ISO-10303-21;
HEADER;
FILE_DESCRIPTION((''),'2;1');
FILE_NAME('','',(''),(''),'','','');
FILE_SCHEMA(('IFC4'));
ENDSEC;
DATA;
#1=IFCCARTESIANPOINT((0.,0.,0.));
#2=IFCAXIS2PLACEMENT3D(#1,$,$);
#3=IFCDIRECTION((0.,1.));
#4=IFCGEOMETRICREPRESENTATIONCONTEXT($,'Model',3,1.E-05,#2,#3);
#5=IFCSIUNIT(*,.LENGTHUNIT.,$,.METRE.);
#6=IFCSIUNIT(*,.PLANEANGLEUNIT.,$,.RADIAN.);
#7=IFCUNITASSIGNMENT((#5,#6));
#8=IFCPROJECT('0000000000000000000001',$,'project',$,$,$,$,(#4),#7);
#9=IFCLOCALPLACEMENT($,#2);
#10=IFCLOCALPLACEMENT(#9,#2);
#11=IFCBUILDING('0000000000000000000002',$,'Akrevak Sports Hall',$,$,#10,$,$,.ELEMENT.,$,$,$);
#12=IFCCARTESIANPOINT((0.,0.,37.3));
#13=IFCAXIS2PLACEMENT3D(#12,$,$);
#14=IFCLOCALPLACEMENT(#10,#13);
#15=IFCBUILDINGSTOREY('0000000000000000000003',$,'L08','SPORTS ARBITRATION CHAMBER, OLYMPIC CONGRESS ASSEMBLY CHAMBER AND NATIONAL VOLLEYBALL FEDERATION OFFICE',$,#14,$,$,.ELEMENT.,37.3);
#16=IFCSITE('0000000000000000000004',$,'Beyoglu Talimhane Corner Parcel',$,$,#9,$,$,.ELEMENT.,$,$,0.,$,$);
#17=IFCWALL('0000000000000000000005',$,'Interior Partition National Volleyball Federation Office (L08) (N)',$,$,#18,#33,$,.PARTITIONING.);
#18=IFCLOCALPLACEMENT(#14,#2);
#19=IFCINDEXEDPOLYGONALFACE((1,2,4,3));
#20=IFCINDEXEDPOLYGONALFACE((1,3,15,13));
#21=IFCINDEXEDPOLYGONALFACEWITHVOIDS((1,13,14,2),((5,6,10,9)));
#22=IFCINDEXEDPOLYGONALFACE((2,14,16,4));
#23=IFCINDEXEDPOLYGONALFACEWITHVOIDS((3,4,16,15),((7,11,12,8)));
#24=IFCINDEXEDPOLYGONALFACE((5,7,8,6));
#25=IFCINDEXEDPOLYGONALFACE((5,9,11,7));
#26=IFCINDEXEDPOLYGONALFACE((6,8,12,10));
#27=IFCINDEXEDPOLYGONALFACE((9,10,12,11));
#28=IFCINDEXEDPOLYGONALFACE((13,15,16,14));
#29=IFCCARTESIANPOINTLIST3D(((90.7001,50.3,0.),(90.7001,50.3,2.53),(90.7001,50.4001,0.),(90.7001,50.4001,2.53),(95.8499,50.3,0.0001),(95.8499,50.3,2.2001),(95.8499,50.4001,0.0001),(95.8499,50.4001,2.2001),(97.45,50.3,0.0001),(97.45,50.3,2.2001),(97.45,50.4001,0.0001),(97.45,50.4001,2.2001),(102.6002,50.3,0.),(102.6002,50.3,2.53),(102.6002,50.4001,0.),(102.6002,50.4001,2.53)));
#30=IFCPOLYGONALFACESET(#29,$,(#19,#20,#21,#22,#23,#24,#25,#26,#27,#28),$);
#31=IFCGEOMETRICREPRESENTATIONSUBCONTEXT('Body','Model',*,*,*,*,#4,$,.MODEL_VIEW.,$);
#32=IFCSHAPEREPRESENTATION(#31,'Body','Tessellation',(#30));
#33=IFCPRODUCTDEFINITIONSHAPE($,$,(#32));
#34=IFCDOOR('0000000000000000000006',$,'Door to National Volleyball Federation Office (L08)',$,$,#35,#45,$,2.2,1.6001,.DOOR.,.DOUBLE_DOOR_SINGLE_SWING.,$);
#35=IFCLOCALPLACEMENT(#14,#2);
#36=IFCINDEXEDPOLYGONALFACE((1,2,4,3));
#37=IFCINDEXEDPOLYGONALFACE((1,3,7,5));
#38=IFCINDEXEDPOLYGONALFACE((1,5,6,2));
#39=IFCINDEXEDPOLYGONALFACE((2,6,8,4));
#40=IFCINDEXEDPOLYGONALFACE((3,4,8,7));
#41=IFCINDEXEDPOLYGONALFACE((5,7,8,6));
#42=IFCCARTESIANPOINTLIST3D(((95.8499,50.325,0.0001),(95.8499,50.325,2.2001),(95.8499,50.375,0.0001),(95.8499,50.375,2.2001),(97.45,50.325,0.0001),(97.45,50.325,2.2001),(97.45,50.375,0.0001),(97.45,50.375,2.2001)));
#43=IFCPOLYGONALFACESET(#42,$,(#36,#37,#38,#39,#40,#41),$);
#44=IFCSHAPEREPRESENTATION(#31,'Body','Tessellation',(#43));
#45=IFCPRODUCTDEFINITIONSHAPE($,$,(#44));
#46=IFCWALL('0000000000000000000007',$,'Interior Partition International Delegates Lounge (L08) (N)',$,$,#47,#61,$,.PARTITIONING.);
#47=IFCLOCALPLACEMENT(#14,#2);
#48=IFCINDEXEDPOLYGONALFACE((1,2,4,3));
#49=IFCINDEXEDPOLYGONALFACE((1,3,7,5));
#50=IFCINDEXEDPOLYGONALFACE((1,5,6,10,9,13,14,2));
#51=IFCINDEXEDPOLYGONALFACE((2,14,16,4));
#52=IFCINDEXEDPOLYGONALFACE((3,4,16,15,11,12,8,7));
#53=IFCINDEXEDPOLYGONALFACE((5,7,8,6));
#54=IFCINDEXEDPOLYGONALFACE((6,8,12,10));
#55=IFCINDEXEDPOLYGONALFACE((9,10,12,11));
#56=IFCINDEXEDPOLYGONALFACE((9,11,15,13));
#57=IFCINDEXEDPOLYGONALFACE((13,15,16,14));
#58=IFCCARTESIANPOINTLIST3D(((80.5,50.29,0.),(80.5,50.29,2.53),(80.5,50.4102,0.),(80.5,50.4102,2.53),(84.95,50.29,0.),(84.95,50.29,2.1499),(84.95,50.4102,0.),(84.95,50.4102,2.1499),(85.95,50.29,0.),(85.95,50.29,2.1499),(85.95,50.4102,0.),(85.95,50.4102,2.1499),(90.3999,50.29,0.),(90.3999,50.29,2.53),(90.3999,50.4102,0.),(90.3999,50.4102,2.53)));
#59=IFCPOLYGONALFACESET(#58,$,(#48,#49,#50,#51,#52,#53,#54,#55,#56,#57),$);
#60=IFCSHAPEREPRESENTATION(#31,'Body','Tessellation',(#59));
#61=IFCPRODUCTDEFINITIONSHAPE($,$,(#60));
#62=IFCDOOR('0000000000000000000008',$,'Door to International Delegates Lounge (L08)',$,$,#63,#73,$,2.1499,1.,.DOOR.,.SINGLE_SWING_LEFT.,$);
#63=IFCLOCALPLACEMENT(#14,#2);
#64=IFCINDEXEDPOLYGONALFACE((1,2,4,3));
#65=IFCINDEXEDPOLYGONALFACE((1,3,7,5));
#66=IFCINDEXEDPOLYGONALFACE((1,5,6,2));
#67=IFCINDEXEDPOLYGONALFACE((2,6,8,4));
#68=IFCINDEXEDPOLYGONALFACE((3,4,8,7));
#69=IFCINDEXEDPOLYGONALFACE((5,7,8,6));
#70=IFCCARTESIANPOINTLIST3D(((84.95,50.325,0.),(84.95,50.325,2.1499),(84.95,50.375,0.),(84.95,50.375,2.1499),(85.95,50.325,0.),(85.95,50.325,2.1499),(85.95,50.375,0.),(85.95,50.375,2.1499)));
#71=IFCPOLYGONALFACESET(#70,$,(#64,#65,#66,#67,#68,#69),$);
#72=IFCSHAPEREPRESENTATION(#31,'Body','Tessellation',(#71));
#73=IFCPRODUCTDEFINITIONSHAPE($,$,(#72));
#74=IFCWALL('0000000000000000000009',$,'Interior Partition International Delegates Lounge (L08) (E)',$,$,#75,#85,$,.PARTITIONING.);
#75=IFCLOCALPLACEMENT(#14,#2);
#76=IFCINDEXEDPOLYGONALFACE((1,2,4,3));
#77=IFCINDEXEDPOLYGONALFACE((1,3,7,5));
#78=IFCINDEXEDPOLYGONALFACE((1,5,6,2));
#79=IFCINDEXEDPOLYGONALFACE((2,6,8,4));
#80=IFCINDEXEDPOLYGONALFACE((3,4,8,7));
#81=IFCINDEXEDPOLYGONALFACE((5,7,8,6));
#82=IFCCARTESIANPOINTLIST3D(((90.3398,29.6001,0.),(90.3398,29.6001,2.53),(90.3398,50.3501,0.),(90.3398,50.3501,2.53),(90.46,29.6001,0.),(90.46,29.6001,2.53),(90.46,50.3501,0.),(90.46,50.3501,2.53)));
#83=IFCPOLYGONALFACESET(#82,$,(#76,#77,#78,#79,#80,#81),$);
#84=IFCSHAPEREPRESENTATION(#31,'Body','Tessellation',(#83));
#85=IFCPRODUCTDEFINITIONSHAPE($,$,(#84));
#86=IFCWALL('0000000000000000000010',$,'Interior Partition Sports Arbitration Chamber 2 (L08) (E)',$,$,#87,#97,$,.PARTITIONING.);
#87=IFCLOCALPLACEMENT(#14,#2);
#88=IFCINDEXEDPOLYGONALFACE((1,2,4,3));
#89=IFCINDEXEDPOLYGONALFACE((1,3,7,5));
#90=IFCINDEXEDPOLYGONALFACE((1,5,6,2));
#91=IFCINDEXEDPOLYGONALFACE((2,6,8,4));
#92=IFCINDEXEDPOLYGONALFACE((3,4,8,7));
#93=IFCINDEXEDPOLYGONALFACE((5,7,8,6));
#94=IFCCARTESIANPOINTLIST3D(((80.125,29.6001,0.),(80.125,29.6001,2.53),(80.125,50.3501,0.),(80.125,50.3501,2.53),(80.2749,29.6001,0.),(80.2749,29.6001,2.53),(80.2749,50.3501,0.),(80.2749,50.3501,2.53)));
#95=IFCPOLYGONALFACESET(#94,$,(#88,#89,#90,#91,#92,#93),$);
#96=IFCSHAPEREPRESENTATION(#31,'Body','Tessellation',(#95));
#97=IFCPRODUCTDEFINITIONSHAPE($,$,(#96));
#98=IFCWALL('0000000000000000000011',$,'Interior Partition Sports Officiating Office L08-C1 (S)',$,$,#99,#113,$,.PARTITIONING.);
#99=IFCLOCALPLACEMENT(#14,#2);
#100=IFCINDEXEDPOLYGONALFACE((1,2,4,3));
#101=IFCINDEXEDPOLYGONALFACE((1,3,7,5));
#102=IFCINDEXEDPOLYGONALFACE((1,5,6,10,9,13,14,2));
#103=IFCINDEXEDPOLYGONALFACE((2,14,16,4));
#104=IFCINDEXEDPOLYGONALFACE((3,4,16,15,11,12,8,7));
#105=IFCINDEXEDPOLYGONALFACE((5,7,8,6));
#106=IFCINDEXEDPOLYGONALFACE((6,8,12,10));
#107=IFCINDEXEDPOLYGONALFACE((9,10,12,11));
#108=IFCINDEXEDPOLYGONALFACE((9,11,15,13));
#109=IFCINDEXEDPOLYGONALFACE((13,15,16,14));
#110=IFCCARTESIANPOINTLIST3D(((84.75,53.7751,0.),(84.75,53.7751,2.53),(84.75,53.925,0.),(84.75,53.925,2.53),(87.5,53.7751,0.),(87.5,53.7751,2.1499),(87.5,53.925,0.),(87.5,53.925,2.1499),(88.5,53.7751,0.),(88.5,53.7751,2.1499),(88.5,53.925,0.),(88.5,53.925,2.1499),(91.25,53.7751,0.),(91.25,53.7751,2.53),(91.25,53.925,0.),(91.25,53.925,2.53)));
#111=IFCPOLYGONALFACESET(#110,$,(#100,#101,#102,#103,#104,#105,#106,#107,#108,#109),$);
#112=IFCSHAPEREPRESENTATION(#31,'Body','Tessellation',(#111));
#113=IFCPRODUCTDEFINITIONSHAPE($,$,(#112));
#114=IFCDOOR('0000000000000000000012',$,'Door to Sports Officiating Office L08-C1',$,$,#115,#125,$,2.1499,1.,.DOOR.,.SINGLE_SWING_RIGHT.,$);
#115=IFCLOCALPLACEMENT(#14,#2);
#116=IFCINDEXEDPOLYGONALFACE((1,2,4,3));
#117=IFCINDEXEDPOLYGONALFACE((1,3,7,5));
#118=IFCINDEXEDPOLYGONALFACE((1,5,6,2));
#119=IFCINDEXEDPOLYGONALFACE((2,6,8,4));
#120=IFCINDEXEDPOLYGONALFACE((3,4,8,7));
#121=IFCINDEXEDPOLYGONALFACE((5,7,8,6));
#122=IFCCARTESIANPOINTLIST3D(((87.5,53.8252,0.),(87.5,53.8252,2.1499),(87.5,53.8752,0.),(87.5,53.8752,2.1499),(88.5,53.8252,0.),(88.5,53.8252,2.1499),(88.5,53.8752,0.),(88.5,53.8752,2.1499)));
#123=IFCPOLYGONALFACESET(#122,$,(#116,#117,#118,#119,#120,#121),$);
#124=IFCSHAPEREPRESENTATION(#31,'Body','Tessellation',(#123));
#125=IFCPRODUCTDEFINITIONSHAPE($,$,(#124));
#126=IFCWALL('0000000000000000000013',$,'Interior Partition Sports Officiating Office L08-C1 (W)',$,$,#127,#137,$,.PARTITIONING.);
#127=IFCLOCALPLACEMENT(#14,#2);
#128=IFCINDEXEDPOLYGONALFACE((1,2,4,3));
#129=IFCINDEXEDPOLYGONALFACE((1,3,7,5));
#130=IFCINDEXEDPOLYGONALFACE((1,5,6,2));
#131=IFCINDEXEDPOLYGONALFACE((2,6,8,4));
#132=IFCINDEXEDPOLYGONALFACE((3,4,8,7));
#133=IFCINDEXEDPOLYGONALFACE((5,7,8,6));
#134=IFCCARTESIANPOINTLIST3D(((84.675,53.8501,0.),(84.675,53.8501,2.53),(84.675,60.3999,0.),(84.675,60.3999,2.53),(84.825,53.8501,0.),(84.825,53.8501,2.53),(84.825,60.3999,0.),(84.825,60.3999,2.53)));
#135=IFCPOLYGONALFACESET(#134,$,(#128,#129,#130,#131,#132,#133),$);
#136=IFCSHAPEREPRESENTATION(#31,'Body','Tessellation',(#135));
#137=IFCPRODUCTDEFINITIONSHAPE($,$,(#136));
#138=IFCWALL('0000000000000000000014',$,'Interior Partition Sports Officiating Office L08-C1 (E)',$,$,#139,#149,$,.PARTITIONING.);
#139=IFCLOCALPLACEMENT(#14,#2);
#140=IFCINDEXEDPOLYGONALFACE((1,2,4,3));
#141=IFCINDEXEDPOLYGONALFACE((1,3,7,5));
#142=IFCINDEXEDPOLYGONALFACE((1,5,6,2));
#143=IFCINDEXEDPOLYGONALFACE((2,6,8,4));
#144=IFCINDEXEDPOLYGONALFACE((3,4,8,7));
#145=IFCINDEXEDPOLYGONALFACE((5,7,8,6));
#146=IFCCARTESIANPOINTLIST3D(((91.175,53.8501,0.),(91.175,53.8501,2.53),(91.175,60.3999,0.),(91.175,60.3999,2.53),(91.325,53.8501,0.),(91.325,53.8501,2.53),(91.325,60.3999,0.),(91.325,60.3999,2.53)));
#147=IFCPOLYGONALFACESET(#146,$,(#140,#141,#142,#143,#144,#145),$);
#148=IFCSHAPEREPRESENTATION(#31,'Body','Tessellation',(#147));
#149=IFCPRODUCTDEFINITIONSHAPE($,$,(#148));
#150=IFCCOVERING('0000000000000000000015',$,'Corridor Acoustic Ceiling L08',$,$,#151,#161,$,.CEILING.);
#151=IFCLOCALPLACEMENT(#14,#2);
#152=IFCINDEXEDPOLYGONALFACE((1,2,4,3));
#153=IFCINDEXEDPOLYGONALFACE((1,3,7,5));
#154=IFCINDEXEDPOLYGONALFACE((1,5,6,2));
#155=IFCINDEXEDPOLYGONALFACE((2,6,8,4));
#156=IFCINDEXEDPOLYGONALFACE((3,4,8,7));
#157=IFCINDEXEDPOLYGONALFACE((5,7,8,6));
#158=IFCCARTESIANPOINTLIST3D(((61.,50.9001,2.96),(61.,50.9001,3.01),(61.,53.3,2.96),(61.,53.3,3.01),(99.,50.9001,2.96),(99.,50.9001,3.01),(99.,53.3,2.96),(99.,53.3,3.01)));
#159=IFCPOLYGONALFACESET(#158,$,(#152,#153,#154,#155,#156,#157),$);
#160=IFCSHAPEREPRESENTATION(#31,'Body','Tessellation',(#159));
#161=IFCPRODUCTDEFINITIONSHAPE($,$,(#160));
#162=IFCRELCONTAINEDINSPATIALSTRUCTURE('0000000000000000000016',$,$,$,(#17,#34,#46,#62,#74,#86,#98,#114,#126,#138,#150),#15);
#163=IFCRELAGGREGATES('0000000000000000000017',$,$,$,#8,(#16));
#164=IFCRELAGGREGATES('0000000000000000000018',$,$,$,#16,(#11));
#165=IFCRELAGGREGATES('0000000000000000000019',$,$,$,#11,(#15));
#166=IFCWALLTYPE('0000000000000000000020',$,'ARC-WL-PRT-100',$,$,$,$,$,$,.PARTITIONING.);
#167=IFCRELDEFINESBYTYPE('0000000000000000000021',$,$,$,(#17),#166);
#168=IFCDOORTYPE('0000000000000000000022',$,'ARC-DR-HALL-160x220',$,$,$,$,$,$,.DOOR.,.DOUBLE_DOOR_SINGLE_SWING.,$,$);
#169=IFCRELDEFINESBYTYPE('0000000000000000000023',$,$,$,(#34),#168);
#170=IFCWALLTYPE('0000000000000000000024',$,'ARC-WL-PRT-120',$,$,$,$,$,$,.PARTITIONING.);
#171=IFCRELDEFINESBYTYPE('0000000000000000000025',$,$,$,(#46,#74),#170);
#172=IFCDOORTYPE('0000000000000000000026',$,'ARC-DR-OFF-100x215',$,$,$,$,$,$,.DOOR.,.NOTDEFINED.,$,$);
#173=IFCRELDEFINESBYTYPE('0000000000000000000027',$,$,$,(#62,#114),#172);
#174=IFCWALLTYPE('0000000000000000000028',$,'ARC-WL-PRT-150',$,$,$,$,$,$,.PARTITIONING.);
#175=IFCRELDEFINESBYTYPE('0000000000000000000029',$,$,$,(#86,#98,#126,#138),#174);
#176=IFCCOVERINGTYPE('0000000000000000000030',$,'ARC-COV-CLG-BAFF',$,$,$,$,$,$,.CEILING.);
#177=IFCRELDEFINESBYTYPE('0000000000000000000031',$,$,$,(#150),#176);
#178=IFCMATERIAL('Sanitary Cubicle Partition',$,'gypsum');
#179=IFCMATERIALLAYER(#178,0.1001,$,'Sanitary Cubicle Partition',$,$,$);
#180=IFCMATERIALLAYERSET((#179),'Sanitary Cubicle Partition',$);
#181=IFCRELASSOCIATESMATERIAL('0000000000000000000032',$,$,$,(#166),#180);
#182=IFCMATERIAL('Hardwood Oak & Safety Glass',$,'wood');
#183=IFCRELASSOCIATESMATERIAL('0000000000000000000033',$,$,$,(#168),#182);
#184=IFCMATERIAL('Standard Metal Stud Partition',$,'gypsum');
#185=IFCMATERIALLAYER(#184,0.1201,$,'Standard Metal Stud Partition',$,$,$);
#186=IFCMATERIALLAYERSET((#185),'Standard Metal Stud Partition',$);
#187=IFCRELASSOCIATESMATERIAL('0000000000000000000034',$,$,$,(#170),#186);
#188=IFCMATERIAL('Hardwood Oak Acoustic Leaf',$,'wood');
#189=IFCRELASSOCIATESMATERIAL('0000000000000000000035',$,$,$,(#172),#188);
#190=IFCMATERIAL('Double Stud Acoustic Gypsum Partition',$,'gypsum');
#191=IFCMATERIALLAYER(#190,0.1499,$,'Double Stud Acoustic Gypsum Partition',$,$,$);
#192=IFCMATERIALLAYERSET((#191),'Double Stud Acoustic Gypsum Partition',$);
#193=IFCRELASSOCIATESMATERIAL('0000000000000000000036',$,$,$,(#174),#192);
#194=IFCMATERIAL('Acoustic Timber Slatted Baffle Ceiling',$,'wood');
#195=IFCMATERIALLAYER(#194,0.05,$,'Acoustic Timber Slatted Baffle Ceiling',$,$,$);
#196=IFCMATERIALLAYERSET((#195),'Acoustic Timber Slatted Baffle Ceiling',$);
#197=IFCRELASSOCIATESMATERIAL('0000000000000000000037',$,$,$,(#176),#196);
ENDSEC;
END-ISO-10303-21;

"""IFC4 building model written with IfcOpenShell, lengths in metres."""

from ifc_helpers import new_model, si_unit, direction, frame, frame_2d, origin, origin_2d, place, context, subcontext, project, spatial, rectangle, extrude, material, layer, layer_set, type_object, element, fill, save


model = new_model("IFC4")

# Units and contexts
model_context = context("Model", 3, precision=1e-05, world=origin(), true_north=direction((0.0, 1.0)))
body_context = subcontext(model_context, "Body", "Model", "MODEL_VIEW")
ifc_project = project(units=[si_unit("LENGTHUNIT", "METRE"), si_unit("PLANEANGLEUNIT", "RADIAN")], contexts=[model_context])

# Site, building, storey
site_placement = place(None, origin())
site = spatial("IfcSite", under=ifc_project, at=site_placement, Name="Beyoglu Talimhane Corner Parcel", CompositionType="ELEMENT", RefElevation=0.0)
building_placement = place(site_placement, origin())
building = spatial("IfcBuilding", under=site, at=building_placement, Name="Akrevak Sports Hall", CompositionType="ELEMENT")
storey_placement = place(building_placement, frame((0.0, 0.0, 37.3)))
storey = spatial("IfcBuildingStorey", under=building, at=storey_placement, Name="L08", Description="SPORTS ARBITRATION CHAMBER, OLYMPIC CONGRESS ASSEMBLY CHAMBER AND NATIONAL VOLLEYBALL FEDERATION OFFICE", CompositionType="ELEMENT", Elevation=37.3)

# Walls, openings, doors
ifc_material_1 = material(Name="Sanitary Cubicle Partition", Category="gypsum")
ifc_layer_1 = layer(ifc_material_1, 0.1001, Name="Sanitary Cubicle Partition")
ifc_layer_set_1 = layer_set([ifc_layer_1], Name="Sanitary Cubicle Partition")
wall_type_1 = type_object("IfcWallType", Name="ARC-WL-PRT-100", PredefinedType="PARTITIONING", material=ifc_layer_set_1)
wall_1_placement = place(storey_placement, frame((90.7, 50.3501, 0.0), z_axis=(0.0, 0.0, 1.0), x_axis=(1.0, 0.0, 0.0)))
wall_1 = element("IfcWall", 1, at=wall_1_placement, inside=storey, type_object=wall_type_1, Name="Interior Partition National Volleyball Federation Office (L08) (N)", PredefinedType="PARTITIONING", context=body_context, shape_type="SweptSolid", body=[
    extrude(rectangle(XDim=11.9001, YDim=0.1001, at=frame_2d((5.9502, 0.0))), origin(), (0.0, 0.0, 1.0), 2.53),
])
opening_1_placement = place(wall_1_placement, frame((5.1499, 0.0, 0.0)))
opening_1 = element("IfcOpeningElement", 2, at=opening_1_placement, cuts=wall_1, PredefinedType="OPENING", context=body_context, shape_type="SweptSolid", body=[
    extrude(rectangle(XDim=1.6001, YDim=2.2, at=frame_2d((0.8, 1.1001))), frame((0.0, 0.062, 0.0), z_axis=(0.0, -1.0, 0.0), x_axis=(1.0, 0.0, 0.0)), (0.0, 0.0, 1.0), 0.124),
])
ifc_material_2 = material(Name="Hardwood Oak & Safety Glass", Category="wood")
door_type_1 = type_object("IfcDoorType", Name="ARC-DR-HALL-160x220", OperationType="DOUBLE_DOOR_SINGLE_SWING", PredefinedType="DOOR", material=ifc_material_2)
door_1_placement = place(opening_1_placement, origin())
door_1 = element("IfcDoor", 3, at=door_1_placement, inside=storey, type_object=door_type_1, Name="Door to National Volleyball Federation Office (L08)", OperationType="DOUBLE_DOOR_SINGLE_SWING", OverallHeight=2.2, OverallWidth=1.6001, PredefinedType="DOOR", context=body_context, shape_type="SweptSolid", body=[
    extrude(rectangle(XDim=1.6001, YDim=2.2, at=frame_2d((0.8, 1.1001))), frame((0.0, 0.0249, 0.0), z_axis=(0.0, -1.0, 0.0), x_axis=(1.0, 0.0, 0.0)), (0.0, 0.0, 1.0), 0.05),
])
fill(opening_1, door_1)
ifc_material_3 = material(Name="Standard Metal Stud Partition", Category="gypsum")
ifc_layer_2 = layer(ifc_material_3, 0.1201, Name="Standard Metal Stud Partition")
ifc_layer_set_2 = layer_set([ifc_layer_2], Name="Standard Metal Stud Partition")
wall_type_2 = type_object("IfcWallType", Name="ARC-WL-PRT-120", PredefinedType="PARTITIONING", material=ifc_layer_set_2)
wall_2_placement = place(storey_placement, frame((80.5, 50.3501, 0.0), z_axis=(0.0, 0.0, 1.0), x_axis=(1.0, 0.0, 0.0)))
wall_2 = element("IfcWall", 4, at=wall_2_placement, inside=storey, type_object=wall_type_2, Name="Interior Partition International Delegates Lounge (L08) (N)", PredefinedType="PARTITIONING", context=body_context, shape_type="SweptSolid", body=[
    extrude(rectangle(XDim=9.8999, YDim=0.1201, at=frame_2d((4.95, 0.0))), origin(), (0.0, 0.0, 1.0), 2.53),
])
opening_2_placement = place(wall_2_placement, frame((4.45, 0.0, 0.0)))
opening_2 = element("IfcOpeningElement", 5, at=opening_2_placement, cuts=wall_2, PredefinedType="OPENING", context=body_context, shape_type="SweptSolid", body=[
    extrude(rectangle(XDim=1.0, YDim=2.1499, at=frame_2d((0.5, 1.075))), frame((0.0, 0.072, 0.0), z_axis=(0.0, -1.0, 0.0), x_axis=(1.0, 0.0, 0.0)), (0.0, 0.0, 1.0), 0.144),
])
ifc_material_4 = material(Name="Hardwood Oak Acoustic Leaf", Category="wood")
door_type_2 = type_object("IfcDoorType", Name="ARC-DR-OFF-100x215", OperationType="NOTDEFINED", PredefinedType="DOOR", material=ifc_material_4)
door_2_placement = place(opening_2_placement, origin())
door_2 = element("IfcDoor", 6, at=door_2_placement, inside=storey, type_object=door_type_2, Name="Door to International Delegates Lounge (L08)", OperationType="SINGLE_SWING_LEFT", OverallHeight=2.1499, OverallWidth=1.0, PredefinedType="DOOR", context=body_context, shape_type="SweptSolid", body=[
    extrude(rectangle(XDim=1.0, YDim=2.1499, at=frame_2d((0.5, 1.075))), frame((0.0, 0.0249, 0.0), z_axis=(0.0, -1.0, 0.0), x_axis=(1.0, 0.0, 0.0)), (0.0, 0.0, 1.0), 0.05),
])
fill(opening_2, door_2)

# Walls
wall_3_placement = place(storey_placement, frame((90.3999, 29.6001, 0.0), z_axis=(0.0, 0.0, 1.0), x_axis=(0.0, 1.0, 0.0)))
element("IfcWall", 7, at=wall_3_placement, inside=storey, type_object=wall_type_2, Name="Interior Partition International Delegates Lounge (L08) (E)", PredefinedType="PARTITIONING", context=body_context, shape_type="SweptSolid", body=[
    extrude(rectangle(XDim=20.75, YDim=0.1201, at=frame_2d((10.375, 0.0))), origin(), (0.0, 0.0, 1.0), 2.53),
])
ifc_material_5 = material(Name="Double Stud Acoustic Gypsum Partition", Category="gypsum")
ifc_layer_3 = layer(ifc_material_5, 0.1499, Name="Double Stud Acoustic Gypsum Partition")
ifc_layer_set_3 = layer_set([ifc_layer_3], Name="Double Stud Acoustic Gypsum Partition")
wall_type_3 = type_object("IfcWallType", Name="ARC-WL-PRT-150", PredefinedType="PARTITIONING", material=ifc_layer_set_3)
wall_4_placement = place(storey_placement, frame((80.2, 29.6001, 0.0), z_axis=(0.0, 0.0, 1.0), x_axis=(0.0, 1.0, 0.0)))
element("IfcWall", 8, at=wall_4_placement, inside=storey, type_object=wall_type_3, Name="Interior Partition Sports Arbitration Chamber 2 (L08) (E)", PredefinedType="PARTITIONING", context=body_context, shape_type="SweptSolid", body=[
    extrude(rectangle(XDim=20.75, YDim=0.1499, at=frame_2d((10.375, 0.0))), origin(), (0.0, 0.0, 1.0), 2.53),
])

# Wall, opening, door
wall_5_placement = place(storey_placement, frame((84.75, 53.8501, 0.0), z_axis=(0.0, 0.0, 1.0), x_axis=(1.0, 0.0, 0.0)))
wall_5 = element("IfcWall", 9, at=wall_5_placement, inside=storey, type_object=wall_type_3, Name="Interior Partition Sports Officiating Office L08-C1 (S)", PredefinedType="PARTITIONING", context=body_context, shape_type="SweptSolid", body=[
    extrude(rectangle(XDim=6.5, YDim=0.1499, at=frame_2d((3.25, 0.0))), origin(), (0.0, 0.0, 1.0), 2.53),
])
opening_3_placement = place(wall_5_placement, frame((2.75, 0.0, 0.0)))
opening_3 = element("IfcOpeningElement", 10, at=opening_3_placement, cuts=wall_5, PredefinedType="OPENING", context=body_context, shape_type="SweptSolid", body=[
    extrude(rectangle(XDim=1.0, YDim=2.1499, at=frame_2d((0.5, 1.075))), frame((0.0, 0.0869, 0.0), z_axis=(0.0, -1.0, 0.0), x_axis=(1.0, 0.0, 0.0)), (0.0, 0.0, 1.0), 0.1738),
])
door_3_placement = place(opening_3_placement, frame((1.0, 0.0, 0.0), z_axis=(0.0, 0.0, 1.0), x_axis=(-1.0, 0.0, 0.0)))
door_3 = element("IfcDoor", 11, at=door_3_placement, inside=storey, type_object=door_type_2, Name="Door to Sports Officiating Office L08-C1", OperationType="SINGLE_SWING_RIGHT", OverallHeight=2.1499, OverallWidth=1.0, PredefinedType="DOOR", context=body_context, shape_type="SweptSolid", body=[
    extrude(rectangle(XDim=1.0, YDim=2.1499, at=frame_2d((0.5, 1.075))), frame((0.0, 0.0249, 0.0), z_axis=(0.0, -1.0, 0.0), x_axis=(1.0, 0.0, 0.0)), (0.0, 0.0, 1.0), 0.05),
])
fill(opening_3, door_3)

# Walls
for number, where, z_axis, x_axis, name in (
    (12, (84.75, 53.8501, 0.0), (0.0, 0.0, 1.0), (0.0, 1.0, 0.0), "Interior Partition Sports Officiating Office L08-C1 (W)"),
    (13, (91.25, 53.8501, 0.0), (0.0, 0.0, 1.0), (0.0, 1.0, 0.0), "Interior Partition Sports Officiating Office L08-C1 (E)"),
):
    element("IfcWall", number, at=place(storey_placement, frame(where, z_axis=z_axis, x_axis=x_axis)), inside=storey, type_object=wall_type_3, Name=name, PredefinedType="PARTITIONING", context=body_context, shape_type="SweptSolid", body=[
        extrude(rectangle(XDim=6.5498, YDim=0.1499, at=frame_2d((3.2749, 0.0))), origin(), (0.0, 0.0, 1.0), 2.53),
    ])

# Covering
ifc_material_6 = material(Name="Acoustic Timber Slatted Baffle Ceiling", Category="wood")
ifc_layer_4 = layer(ifc_material_6, 0.05, Name="Acoustic Timber Slatted Baffle Ceiling")
ifc_layer_set_4 = layer_set([ifc_layer_4], Name="Acoustic Timber Slatted Baffle Ceiling")
covering_type = type_object("IfcCoveringType", Name="ARC-COV-CLG-BAFF", PredefinedType="CEILING", material=ifc_layer_set_4)
covering_placement = place(storey_placement, frame((80.0, 52.1001, 2.96), z_axis=(0.0, 0.0, 1.0), x_axis=(1.0, 0.0, 0.0)))
element("IfcCovering", 14, at=covering_placement, inside=storey, type_object=covering_type, Name="Corridor Acoustic Ceiling L08", PredefinedType="CEILING", context=body_context, shape_type="SweptSolid", body=[
    extrude(rectangle(XDim=38.0, YDim=2.3999, at=origin_2d()), origin(), (0.0, 0.0, 1.0), 0.05),
])

save(model, "model.ifc")
